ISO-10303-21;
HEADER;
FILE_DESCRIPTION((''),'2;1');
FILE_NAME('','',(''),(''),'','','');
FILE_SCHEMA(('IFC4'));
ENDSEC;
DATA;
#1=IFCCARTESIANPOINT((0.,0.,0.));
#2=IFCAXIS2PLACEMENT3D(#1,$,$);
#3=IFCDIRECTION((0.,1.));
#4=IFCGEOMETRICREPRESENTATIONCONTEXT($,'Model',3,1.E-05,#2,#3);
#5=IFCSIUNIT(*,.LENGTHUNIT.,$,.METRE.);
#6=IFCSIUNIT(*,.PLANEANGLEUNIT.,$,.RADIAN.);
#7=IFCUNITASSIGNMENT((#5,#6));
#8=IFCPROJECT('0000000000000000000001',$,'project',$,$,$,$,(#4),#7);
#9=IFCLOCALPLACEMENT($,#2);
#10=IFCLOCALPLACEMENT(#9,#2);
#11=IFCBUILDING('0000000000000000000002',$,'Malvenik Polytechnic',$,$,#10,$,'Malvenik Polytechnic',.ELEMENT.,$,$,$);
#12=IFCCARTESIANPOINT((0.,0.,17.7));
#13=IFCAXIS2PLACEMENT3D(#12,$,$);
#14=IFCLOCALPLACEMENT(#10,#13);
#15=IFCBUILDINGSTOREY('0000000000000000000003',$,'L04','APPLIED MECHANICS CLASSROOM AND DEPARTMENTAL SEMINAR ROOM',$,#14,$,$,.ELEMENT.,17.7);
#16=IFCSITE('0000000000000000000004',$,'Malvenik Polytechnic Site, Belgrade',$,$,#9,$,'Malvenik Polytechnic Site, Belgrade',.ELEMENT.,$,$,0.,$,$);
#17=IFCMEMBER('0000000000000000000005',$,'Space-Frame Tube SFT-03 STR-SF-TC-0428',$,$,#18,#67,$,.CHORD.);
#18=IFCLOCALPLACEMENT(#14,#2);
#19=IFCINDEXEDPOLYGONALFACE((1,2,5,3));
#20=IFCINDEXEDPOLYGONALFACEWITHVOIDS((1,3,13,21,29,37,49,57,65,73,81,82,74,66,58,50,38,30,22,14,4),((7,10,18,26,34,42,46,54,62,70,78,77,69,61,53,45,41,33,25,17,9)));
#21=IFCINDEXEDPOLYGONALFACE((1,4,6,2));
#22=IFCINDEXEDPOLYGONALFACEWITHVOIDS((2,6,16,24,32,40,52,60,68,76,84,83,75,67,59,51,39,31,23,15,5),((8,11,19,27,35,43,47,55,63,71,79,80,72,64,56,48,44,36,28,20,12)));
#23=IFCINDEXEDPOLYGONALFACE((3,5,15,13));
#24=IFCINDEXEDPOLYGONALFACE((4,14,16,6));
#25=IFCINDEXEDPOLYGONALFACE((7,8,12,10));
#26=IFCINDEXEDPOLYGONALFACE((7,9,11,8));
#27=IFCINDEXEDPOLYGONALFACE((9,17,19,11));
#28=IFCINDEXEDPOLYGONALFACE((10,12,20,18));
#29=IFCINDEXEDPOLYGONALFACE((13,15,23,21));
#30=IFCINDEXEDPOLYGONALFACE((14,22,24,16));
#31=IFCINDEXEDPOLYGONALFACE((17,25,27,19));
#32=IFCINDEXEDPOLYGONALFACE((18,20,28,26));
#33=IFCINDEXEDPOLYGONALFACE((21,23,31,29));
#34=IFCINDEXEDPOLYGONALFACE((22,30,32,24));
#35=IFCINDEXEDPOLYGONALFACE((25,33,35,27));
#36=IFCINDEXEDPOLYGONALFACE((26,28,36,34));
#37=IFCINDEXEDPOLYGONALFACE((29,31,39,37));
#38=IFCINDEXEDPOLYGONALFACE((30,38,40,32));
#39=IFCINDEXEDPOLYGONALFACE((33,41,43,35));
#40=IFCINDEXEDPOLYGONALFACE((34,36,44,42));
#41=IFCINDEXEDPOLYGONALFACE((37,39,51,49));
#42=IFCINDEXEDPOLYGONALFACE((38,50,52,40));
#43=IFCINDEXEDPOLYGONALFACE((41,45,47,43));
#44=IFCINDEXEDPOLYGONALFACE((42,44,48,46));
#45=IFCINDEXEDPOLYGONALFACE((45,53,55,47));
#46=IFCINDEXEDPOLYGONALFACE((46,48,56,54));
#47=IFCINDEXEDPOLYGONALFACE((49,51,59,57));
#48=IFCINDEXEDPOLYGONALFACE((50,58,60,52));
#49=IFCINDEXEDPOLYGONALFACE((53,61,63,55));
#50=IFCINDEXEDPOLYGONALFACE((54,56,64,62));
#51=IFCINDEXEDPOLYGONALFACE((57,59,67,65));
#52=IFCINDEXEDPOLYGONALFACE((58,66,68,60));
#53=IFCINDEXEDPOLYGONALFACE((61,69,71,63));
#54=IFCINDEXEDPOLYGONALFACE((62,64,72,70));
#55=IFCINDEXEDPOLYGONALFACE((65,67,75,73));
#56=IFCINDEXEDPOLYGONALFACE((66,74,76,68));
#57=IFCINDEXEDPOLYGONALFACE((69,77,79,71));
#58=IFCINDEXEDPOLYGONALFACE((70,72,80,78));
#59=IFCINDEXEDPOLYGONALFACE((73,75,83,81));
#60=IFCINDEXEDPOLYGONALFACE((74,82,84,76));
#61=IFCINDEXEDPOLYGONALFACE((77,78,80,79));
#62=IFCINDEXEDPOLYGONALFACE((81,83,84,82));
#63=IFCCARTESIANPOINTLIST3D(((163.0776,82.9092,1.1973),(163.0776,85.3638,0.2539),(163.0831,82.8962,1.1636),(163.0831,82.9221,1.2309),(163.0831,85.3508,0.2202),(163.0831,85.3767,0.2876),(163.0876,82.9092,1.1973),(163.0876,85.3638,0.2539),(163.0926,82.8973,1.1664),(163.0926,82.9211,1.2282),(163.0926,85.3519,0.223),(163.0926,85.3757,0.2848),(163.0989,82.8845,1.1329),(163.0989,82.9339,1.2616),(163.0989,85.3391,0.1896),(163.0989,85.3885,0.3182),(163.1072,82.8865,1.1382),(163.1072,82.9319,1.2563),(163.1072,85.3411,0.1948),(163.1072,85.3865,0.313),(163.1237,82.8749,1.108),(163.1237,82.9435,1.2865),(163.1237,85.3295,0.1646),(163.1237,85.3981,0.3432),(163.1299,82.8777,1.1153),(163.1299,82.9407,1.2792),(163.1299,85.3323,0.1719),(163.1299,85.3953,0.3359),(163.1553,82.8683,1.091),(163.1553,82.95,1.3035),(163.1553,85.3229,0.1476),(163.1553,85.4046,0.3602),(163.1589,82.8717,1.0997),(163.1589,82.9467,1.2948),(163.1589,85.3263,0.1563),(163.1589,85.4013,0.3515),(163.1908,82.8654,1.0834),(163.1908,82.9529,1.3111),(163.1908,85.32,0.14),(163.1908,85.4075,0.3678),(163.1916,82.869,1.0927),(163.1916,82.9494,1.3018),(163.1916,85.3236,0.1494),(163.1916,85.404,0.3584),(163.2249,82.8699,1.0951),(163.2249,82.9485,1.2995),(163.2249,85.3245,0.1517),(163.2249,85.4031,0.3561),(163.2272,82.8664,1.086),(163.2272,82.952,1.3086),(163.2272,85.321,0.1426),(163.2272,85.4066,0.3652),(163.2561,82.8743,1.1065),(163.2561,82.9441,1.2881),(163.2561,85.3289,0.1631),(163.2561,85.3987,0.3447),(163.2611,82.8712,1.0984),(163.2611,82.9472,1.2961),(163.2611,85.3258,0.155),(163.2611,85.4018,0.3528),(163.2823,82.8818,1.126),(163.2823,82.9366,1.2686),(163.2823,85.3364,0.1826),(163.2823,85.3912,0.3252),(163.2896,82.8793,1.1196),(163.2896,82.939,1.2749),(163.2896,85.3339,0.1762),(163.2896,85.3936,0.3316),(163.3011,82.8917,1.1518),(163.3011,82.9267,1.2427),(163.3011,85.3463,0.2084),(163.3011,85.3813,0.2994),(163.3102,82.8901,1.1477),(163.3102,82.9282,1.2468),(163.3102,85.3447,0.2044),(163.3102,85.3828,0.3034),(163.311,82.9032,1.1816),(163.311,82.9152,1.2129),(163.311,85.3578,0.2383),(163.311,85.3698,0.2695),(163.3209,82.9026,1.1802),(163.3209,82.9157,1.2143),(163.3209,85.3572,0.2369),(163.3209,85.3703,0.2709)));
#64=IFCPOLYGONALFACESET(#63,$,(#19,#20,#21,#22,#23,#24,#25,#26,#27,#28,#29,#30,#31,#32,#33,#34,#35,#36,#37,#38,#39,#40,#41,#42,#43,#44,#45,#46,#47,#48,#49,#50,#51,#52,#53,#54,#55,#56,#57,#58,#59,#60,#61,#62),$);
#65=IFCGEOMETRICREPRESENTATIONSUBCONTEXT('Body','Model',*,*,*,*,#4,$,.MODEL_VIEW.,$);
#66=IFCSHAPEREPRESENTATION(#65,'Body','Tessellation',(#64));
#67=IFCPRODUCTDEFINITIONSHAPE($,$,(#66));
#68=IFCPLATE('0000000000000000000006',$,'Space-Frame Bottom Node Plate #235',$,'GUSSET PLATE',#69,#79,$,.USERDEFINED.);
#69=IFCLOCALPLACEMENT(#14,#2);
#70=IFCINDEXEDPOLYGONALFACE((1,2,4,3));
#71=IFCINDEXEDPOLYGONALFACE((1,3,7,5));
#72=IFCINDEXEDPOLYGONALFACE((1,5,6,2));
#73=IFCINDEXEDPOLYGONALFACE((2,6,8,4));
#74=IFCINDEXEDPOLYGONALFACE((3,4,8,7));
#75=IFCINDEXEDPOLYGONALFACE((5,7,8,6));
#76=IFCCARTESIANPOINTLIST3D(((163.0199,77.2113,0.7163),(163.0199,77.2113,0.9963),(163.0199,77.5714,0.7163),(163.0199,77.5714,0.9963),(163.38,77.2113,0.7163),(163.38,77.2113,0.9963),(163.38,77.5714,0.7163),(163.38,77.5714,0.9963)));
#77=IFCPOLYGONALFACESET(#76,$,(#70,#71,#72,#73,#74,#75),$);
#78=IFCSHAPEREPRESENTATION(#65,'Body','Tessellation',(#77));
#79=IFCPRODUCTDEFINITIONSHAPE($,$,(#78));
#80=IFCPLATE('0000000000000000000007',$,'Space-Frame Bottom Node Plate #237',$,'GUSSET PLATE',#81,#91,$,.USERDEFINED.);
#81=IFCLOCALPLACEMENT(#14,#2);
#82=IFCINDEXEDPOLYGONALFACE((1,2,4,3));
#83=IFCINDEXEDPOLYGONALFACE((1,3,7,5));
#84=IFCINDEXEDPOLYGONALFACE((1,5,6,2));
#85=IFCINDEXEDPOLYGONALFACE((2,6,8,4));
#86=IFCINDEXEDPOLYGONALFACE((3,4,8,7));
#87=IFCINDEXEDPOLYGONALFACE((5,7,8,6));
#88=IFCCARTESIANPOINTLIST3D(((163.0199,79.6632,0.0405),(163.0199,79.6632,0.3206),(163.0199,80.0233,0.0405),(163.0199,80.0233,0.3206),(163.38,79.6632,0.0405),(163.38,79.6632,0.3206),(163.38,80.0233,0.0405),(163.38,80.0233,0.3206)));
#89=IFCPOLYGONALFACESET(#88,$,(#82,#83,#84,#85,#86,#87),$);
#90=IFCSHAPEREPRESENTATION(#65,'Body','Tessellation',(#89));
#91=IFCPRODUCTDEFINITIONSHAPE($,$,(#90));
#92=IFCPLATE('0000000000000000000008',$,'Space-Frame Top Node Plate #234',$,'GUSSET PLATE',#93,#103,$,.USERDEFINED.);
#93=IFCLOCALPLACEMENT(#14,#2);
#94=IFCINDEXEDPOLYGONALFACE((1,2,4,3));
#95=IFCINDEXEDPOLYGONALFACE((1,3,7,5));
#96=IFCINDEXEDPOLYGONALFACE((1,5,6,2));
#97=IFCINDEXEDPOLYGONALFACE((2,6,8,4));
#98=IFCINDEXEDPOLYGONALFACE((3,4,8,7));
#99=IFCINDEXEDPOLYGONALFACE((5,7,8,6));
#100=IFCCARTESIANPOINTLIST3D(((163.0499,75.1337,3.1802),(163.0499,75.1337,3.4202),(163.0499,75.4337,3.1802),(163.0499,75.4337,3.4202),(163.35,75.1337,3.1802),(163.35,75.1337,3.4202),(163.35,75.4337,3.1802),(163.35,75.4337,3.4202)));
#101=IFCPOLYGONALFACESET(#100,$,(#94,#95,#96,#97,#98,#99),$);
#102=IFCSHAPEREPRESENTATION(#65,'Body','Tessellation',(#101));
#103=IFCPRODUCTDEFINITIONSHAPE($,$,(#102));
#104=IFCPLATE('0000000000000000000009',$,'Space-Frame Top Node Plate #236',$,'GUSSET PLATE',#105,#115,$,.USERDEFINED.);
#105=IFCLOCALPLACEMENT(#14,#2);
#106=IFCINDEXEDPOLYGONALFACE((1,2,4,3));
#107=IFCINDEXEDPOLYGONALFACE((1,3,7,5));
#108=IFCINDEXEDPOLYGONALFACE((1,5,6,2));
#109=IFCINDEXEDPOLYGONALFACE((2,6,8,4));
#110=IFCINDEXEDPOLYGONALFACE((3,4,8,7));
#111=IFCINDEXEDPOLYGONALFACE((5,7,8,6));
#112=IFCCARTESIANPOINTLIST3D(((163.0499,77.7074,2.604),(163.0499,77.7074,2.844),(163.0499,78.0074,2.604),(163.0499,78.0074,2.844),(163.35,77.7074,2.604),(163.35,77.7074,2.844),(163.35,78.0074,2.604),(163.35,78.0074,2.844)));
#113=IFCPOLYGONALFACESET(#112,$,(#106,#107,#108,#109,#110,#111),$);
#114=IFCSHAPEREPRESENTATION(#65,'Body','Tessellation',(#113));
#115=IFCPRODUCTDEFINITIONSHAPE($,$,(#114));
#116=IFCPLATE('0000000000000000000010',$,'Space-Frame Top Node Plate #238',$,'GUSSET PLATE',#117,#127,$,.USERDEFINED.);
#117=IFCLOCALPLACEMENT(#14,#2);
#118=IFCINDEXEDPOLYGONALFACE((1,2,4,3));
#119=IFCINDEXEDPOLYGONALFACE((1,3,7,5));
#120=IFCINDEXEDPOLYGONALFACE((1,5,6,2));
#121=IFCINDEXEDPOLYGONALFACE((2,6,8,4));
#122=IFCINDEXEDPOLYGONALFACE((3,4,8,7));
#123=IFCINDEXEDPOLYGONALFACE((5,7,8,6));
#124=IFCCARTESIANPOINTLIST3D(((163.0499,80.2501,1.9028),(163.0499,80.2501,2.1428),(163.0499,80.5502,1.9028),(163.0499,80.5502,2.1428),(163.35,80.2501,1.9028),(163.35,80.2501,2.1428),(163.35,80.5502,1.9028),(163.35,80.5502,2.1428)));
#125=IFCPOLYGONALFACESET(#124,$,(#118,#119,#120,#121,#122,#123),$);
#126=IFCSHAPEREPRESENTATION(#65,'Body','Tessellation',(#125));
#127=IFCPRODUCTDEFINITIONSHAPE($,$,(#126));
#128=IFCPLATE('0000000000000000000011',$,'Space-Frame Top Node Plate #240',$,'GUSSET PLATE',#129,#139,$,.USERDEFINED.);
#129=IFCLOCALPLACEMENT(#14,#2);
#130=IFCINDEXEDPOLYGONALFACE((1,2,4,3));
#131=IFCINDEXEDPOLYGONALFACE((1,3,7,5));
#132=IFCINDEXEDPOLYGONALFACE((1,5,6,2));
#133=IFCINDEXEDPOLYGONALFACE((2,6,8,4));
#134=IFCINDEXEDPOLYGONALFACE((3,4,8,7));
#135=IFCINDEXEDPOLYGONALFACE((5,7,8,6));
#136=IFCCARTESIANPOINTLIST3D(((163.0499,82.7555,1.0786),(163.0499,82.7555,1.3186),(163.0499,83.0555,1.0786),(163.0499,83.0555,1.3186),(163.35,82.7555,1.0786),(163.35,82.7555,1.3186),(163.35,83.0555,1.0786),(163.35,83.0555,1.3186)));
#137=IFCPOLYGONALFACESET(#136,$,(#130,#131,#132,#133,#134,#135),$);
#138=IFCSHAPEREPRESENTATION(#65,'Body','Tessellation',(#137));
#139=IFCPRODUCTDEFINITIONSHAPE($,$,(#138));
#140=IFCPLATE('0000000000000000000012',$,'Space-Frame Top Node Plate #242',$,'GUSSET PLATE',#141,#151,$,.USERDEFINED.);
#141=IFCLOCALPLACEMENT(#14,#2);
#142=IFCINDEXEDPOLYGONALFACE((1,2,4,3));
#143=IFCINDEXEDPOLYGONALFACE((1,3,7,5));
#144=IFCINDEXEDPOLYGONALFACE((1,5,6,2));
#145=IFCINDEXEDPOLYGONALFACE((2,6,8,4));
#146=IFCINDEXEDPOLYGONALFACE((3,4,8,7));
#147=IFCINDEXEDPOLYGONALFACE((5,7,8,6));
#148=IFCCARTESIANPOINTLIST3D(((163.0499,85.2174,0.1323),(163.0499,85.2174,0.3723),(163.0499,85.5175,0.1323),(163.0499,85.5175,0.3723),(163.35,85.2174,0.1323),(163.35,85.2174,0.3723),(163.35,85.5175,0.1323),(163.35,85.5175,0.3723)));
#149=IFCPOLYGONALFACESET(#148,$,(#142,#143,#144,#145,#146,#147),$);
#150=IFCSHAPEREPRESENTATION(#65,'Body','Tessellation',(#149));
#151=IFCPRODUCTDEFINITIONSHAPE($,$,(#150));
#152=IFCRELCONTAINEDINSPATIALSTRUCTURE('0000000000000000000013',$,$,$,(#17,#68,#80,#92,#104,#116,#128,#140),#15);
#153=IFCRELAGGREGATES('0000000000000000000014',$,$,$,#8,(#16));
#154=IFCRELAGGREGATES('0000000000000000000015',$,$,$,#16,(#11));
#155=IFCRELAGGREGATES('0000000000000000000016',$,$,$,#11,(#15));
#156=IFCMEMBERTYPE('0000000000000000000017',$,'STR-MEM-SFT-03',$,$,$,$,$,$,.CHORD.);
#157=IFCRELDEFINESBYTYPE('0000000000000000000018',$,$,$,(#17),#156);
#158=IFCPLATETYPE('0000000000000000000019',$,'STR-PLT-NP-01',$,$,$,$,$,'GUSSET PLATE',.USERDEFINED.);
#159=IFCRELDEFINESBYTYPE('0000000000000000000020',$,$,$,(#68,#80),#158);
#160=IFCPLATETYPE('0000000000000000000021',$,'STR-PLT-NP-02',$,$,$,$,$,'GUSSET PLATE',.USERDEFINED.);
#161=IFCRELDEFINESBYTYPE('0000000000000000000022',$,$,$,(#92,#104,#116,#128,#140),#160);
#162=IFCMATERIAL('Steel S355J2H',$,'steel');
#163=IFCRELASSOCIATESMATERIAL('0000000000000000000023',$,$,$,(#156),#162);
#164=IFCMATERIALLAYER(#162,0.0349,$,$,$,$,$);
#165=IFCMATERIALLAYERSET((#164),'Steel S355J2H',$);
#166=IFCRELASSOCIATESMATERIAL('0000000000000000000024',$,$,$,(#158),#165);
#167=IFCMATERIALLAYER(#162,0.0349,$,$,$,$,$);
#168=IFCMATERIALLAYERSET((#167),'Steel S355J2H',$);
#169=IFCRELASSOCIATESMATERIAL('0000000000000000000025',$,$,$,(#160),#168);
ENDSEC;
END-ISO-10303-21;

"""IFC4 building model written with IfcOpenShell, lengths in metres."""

from ifc_helpers import new_model, si_unit, direction, frame, origin, origin_2d, place, context, subcontext, project, spatial, rectangle, hollow_circle, extrude, material, layer, layer_set, material_profile, profile_set, type_object, element, save


model = new_model("IFC4")

# Units and contexts
model_context = context("Model", 3, precision=1e-05, world=origin(), true_north=direction((0.0, 1.0)))
body_context = subcontext(model_context, "Body", "Model", "MODEL_VIEW")
ifc_project = project(units=[si_unit("LENGTHUNIT", "METRE"), si_unit("PLANEANGLEUNIT", "RADIAN")], contexts=[model_context])

# Site, building, storey
site_placement = place(None, origin())
site = spatial("IfcSite", under=ifc_project, at=site_placement, Name="Malvenik Polytechnic Site, Belgrade", LongName="Malvenik Polytechnic Site, Belgrade", CompositionType="ELEMENT", RefElevation=0.0)
building_placement = place(site_placement, origin())
building = spatial("IfcBuilding", under=site, at=building_placement, Name="Malvenik Polytechnic", LongName="Malvenik Polytechnic", CompositionType="ELEMENT")
storey_placement = place(building_placement, frame((0.0, 0.0, 17.7)))
storey = spatial("IfcBuildingStorey", under=building, at=storey_placement, Name="L04", Description="APPLIED MECHANICS CLASSROOM AND DEPARTMENTAL SEMINAR ROOM", CompositionType="ELEMENT", Elevation=17.7)

# Member
ifc_material = material(Name="Steel S355J2H", Category="steel")
ifc_material_profile_1 = material_profile(ifc_material, hollow_circle(Radius=0.1223, WallThickness=0.01, at=origin_2d()), Name="CHS 244.5x10.0")
ifc_profile_set_1 = profile_set([ifc_material_profile_1], Name="Steel S355J2H")
member_type_1 = type_object("IfcMemberType", Name="STR-MEM-SFT-03", PredefinedType="CHORD", material=ifc_profile_set_1)
member_1_placement = place(storey_placement, frame((163.2, 82.9092, 1.1973), z_axis=(0.0, 0.933437, -0.358743), x_axis=(-1.0, 0.0, 0.0)))
element("IfcMember", 1, at=member_1_placement, inside=storey, type_object=member_type_1, Name="Space-Frame Tube SFT-03 STR-SF-TC-0428", PredefinedType="CHORD", context=body_context, shape_type="SweptSolid", body=[
    extrude(hollow_circle(Radius=0.1223, WallThickness=0.01, at=origin_2d()), origin(), (0.0, 0.0, 1.0), 2.6296),
])

# Plates
ifc_layer_1 = layer(ifc_material, 0.0349)
ifc_layer_set_1 = layer_set([ifc_layer_1], Name="Steel S355J2H")
plate_type_1 = type_object("IfcPlateType", Name="STR-PLT-NP-01", ElementType="GUSSET PLATE", PredefinedType="USERDEFINED", material=ifc_layer_set_1)
for number, where, z_axis, x_axis, name in (
    (2, (163.2, 77.3914, 0.7163), (0.0, 0.0, 1.0), (1.0, 0.0, 0.0), "Space-Frame Bottom Node Plate #235"),
    (3, (163.2, 79.8433, 0.0405), (0.0, 0.0, 1.0), (1.0, 0.0, 0.0), "Space-Frame Bottom Node Plate #237"),
):
    element("IfcPlate", number, at=place(storey_placement, frame(where, z_axis=z_axis, x_axis=x_axis)), inside=storey, type_object=plate_type_1, Name=name, ObjectType="GUSSET PLATE", PredefinedType="USERDEFINED", context=body_context, shape_type="SweptSolid", body=[
        extrude(rectangle(XDim=0.3601, YDim=0.3601, at=origin_2d()), origin(), (0.0, 0.0, 1.0), 0.28),
    ])
ifc_layer_2 = layer(ifc_material, 0.0349)
ifc_layer_set_2 = layer_set([ifc_layer_2], Name="Steel S355J2H")
plate_type_2 = type_object("IfcPlateType", Name="STR-PLT-NP-02", ElementType="GUSSET PLATE", PredefinedType="USERDEFINED", material=ifc_layer_set_2)
for number, where, z_axis, x_axis, name in (
    (4, (163.2, 75.2837, 3.1802), (0.0, 0.0, 1.0), (1.0, 0.0, 0.0), "Space-Frame Top Node Plate #234"),
    (5, (163.2, 77.8574, 2.604), (0.0, 0.0, 1.0), (1.0, 0.0, 0.0), "Space-Frame Top Node Plate #236"),
    (6, (163.2, 80.4001, 1.9028), (0.0, 0.0, 1.0), (1.0, 0.0, 0.0), "Space-Frame Top Node Plate #238"),
    (7, (163.2, 82.9055, 1.0786), (0.0, 0.0, 1.0), (1.0, 0.0, 0.0), "Space-Frame Top Node Plate #240"),
    (8, (163.2, 85.3674, 0.1323), (0.0, 0.0, 1.0), (1.0, 0.0, 0.0), "Space-Frame Top Node Plate #242"),
):
    element("IfcPlate", number, at=place(storey_placement, frame(where, z_axis=z_axis, x_axis=x_axis)), inside=storey, type_object=plate_type_2, Name=name, ObjectType="GUSSET PLATE", PredefinedType="USERDEFINED", context=body_context, shape_type="SweptSolid", body=[
        extrude(rectangle(XDim=0.3, YDim=0.3, at=origin_2d()), origin(), (0.0, 0.0, 1.0), 0.24),
    ])

save(model, "model.ifc")
